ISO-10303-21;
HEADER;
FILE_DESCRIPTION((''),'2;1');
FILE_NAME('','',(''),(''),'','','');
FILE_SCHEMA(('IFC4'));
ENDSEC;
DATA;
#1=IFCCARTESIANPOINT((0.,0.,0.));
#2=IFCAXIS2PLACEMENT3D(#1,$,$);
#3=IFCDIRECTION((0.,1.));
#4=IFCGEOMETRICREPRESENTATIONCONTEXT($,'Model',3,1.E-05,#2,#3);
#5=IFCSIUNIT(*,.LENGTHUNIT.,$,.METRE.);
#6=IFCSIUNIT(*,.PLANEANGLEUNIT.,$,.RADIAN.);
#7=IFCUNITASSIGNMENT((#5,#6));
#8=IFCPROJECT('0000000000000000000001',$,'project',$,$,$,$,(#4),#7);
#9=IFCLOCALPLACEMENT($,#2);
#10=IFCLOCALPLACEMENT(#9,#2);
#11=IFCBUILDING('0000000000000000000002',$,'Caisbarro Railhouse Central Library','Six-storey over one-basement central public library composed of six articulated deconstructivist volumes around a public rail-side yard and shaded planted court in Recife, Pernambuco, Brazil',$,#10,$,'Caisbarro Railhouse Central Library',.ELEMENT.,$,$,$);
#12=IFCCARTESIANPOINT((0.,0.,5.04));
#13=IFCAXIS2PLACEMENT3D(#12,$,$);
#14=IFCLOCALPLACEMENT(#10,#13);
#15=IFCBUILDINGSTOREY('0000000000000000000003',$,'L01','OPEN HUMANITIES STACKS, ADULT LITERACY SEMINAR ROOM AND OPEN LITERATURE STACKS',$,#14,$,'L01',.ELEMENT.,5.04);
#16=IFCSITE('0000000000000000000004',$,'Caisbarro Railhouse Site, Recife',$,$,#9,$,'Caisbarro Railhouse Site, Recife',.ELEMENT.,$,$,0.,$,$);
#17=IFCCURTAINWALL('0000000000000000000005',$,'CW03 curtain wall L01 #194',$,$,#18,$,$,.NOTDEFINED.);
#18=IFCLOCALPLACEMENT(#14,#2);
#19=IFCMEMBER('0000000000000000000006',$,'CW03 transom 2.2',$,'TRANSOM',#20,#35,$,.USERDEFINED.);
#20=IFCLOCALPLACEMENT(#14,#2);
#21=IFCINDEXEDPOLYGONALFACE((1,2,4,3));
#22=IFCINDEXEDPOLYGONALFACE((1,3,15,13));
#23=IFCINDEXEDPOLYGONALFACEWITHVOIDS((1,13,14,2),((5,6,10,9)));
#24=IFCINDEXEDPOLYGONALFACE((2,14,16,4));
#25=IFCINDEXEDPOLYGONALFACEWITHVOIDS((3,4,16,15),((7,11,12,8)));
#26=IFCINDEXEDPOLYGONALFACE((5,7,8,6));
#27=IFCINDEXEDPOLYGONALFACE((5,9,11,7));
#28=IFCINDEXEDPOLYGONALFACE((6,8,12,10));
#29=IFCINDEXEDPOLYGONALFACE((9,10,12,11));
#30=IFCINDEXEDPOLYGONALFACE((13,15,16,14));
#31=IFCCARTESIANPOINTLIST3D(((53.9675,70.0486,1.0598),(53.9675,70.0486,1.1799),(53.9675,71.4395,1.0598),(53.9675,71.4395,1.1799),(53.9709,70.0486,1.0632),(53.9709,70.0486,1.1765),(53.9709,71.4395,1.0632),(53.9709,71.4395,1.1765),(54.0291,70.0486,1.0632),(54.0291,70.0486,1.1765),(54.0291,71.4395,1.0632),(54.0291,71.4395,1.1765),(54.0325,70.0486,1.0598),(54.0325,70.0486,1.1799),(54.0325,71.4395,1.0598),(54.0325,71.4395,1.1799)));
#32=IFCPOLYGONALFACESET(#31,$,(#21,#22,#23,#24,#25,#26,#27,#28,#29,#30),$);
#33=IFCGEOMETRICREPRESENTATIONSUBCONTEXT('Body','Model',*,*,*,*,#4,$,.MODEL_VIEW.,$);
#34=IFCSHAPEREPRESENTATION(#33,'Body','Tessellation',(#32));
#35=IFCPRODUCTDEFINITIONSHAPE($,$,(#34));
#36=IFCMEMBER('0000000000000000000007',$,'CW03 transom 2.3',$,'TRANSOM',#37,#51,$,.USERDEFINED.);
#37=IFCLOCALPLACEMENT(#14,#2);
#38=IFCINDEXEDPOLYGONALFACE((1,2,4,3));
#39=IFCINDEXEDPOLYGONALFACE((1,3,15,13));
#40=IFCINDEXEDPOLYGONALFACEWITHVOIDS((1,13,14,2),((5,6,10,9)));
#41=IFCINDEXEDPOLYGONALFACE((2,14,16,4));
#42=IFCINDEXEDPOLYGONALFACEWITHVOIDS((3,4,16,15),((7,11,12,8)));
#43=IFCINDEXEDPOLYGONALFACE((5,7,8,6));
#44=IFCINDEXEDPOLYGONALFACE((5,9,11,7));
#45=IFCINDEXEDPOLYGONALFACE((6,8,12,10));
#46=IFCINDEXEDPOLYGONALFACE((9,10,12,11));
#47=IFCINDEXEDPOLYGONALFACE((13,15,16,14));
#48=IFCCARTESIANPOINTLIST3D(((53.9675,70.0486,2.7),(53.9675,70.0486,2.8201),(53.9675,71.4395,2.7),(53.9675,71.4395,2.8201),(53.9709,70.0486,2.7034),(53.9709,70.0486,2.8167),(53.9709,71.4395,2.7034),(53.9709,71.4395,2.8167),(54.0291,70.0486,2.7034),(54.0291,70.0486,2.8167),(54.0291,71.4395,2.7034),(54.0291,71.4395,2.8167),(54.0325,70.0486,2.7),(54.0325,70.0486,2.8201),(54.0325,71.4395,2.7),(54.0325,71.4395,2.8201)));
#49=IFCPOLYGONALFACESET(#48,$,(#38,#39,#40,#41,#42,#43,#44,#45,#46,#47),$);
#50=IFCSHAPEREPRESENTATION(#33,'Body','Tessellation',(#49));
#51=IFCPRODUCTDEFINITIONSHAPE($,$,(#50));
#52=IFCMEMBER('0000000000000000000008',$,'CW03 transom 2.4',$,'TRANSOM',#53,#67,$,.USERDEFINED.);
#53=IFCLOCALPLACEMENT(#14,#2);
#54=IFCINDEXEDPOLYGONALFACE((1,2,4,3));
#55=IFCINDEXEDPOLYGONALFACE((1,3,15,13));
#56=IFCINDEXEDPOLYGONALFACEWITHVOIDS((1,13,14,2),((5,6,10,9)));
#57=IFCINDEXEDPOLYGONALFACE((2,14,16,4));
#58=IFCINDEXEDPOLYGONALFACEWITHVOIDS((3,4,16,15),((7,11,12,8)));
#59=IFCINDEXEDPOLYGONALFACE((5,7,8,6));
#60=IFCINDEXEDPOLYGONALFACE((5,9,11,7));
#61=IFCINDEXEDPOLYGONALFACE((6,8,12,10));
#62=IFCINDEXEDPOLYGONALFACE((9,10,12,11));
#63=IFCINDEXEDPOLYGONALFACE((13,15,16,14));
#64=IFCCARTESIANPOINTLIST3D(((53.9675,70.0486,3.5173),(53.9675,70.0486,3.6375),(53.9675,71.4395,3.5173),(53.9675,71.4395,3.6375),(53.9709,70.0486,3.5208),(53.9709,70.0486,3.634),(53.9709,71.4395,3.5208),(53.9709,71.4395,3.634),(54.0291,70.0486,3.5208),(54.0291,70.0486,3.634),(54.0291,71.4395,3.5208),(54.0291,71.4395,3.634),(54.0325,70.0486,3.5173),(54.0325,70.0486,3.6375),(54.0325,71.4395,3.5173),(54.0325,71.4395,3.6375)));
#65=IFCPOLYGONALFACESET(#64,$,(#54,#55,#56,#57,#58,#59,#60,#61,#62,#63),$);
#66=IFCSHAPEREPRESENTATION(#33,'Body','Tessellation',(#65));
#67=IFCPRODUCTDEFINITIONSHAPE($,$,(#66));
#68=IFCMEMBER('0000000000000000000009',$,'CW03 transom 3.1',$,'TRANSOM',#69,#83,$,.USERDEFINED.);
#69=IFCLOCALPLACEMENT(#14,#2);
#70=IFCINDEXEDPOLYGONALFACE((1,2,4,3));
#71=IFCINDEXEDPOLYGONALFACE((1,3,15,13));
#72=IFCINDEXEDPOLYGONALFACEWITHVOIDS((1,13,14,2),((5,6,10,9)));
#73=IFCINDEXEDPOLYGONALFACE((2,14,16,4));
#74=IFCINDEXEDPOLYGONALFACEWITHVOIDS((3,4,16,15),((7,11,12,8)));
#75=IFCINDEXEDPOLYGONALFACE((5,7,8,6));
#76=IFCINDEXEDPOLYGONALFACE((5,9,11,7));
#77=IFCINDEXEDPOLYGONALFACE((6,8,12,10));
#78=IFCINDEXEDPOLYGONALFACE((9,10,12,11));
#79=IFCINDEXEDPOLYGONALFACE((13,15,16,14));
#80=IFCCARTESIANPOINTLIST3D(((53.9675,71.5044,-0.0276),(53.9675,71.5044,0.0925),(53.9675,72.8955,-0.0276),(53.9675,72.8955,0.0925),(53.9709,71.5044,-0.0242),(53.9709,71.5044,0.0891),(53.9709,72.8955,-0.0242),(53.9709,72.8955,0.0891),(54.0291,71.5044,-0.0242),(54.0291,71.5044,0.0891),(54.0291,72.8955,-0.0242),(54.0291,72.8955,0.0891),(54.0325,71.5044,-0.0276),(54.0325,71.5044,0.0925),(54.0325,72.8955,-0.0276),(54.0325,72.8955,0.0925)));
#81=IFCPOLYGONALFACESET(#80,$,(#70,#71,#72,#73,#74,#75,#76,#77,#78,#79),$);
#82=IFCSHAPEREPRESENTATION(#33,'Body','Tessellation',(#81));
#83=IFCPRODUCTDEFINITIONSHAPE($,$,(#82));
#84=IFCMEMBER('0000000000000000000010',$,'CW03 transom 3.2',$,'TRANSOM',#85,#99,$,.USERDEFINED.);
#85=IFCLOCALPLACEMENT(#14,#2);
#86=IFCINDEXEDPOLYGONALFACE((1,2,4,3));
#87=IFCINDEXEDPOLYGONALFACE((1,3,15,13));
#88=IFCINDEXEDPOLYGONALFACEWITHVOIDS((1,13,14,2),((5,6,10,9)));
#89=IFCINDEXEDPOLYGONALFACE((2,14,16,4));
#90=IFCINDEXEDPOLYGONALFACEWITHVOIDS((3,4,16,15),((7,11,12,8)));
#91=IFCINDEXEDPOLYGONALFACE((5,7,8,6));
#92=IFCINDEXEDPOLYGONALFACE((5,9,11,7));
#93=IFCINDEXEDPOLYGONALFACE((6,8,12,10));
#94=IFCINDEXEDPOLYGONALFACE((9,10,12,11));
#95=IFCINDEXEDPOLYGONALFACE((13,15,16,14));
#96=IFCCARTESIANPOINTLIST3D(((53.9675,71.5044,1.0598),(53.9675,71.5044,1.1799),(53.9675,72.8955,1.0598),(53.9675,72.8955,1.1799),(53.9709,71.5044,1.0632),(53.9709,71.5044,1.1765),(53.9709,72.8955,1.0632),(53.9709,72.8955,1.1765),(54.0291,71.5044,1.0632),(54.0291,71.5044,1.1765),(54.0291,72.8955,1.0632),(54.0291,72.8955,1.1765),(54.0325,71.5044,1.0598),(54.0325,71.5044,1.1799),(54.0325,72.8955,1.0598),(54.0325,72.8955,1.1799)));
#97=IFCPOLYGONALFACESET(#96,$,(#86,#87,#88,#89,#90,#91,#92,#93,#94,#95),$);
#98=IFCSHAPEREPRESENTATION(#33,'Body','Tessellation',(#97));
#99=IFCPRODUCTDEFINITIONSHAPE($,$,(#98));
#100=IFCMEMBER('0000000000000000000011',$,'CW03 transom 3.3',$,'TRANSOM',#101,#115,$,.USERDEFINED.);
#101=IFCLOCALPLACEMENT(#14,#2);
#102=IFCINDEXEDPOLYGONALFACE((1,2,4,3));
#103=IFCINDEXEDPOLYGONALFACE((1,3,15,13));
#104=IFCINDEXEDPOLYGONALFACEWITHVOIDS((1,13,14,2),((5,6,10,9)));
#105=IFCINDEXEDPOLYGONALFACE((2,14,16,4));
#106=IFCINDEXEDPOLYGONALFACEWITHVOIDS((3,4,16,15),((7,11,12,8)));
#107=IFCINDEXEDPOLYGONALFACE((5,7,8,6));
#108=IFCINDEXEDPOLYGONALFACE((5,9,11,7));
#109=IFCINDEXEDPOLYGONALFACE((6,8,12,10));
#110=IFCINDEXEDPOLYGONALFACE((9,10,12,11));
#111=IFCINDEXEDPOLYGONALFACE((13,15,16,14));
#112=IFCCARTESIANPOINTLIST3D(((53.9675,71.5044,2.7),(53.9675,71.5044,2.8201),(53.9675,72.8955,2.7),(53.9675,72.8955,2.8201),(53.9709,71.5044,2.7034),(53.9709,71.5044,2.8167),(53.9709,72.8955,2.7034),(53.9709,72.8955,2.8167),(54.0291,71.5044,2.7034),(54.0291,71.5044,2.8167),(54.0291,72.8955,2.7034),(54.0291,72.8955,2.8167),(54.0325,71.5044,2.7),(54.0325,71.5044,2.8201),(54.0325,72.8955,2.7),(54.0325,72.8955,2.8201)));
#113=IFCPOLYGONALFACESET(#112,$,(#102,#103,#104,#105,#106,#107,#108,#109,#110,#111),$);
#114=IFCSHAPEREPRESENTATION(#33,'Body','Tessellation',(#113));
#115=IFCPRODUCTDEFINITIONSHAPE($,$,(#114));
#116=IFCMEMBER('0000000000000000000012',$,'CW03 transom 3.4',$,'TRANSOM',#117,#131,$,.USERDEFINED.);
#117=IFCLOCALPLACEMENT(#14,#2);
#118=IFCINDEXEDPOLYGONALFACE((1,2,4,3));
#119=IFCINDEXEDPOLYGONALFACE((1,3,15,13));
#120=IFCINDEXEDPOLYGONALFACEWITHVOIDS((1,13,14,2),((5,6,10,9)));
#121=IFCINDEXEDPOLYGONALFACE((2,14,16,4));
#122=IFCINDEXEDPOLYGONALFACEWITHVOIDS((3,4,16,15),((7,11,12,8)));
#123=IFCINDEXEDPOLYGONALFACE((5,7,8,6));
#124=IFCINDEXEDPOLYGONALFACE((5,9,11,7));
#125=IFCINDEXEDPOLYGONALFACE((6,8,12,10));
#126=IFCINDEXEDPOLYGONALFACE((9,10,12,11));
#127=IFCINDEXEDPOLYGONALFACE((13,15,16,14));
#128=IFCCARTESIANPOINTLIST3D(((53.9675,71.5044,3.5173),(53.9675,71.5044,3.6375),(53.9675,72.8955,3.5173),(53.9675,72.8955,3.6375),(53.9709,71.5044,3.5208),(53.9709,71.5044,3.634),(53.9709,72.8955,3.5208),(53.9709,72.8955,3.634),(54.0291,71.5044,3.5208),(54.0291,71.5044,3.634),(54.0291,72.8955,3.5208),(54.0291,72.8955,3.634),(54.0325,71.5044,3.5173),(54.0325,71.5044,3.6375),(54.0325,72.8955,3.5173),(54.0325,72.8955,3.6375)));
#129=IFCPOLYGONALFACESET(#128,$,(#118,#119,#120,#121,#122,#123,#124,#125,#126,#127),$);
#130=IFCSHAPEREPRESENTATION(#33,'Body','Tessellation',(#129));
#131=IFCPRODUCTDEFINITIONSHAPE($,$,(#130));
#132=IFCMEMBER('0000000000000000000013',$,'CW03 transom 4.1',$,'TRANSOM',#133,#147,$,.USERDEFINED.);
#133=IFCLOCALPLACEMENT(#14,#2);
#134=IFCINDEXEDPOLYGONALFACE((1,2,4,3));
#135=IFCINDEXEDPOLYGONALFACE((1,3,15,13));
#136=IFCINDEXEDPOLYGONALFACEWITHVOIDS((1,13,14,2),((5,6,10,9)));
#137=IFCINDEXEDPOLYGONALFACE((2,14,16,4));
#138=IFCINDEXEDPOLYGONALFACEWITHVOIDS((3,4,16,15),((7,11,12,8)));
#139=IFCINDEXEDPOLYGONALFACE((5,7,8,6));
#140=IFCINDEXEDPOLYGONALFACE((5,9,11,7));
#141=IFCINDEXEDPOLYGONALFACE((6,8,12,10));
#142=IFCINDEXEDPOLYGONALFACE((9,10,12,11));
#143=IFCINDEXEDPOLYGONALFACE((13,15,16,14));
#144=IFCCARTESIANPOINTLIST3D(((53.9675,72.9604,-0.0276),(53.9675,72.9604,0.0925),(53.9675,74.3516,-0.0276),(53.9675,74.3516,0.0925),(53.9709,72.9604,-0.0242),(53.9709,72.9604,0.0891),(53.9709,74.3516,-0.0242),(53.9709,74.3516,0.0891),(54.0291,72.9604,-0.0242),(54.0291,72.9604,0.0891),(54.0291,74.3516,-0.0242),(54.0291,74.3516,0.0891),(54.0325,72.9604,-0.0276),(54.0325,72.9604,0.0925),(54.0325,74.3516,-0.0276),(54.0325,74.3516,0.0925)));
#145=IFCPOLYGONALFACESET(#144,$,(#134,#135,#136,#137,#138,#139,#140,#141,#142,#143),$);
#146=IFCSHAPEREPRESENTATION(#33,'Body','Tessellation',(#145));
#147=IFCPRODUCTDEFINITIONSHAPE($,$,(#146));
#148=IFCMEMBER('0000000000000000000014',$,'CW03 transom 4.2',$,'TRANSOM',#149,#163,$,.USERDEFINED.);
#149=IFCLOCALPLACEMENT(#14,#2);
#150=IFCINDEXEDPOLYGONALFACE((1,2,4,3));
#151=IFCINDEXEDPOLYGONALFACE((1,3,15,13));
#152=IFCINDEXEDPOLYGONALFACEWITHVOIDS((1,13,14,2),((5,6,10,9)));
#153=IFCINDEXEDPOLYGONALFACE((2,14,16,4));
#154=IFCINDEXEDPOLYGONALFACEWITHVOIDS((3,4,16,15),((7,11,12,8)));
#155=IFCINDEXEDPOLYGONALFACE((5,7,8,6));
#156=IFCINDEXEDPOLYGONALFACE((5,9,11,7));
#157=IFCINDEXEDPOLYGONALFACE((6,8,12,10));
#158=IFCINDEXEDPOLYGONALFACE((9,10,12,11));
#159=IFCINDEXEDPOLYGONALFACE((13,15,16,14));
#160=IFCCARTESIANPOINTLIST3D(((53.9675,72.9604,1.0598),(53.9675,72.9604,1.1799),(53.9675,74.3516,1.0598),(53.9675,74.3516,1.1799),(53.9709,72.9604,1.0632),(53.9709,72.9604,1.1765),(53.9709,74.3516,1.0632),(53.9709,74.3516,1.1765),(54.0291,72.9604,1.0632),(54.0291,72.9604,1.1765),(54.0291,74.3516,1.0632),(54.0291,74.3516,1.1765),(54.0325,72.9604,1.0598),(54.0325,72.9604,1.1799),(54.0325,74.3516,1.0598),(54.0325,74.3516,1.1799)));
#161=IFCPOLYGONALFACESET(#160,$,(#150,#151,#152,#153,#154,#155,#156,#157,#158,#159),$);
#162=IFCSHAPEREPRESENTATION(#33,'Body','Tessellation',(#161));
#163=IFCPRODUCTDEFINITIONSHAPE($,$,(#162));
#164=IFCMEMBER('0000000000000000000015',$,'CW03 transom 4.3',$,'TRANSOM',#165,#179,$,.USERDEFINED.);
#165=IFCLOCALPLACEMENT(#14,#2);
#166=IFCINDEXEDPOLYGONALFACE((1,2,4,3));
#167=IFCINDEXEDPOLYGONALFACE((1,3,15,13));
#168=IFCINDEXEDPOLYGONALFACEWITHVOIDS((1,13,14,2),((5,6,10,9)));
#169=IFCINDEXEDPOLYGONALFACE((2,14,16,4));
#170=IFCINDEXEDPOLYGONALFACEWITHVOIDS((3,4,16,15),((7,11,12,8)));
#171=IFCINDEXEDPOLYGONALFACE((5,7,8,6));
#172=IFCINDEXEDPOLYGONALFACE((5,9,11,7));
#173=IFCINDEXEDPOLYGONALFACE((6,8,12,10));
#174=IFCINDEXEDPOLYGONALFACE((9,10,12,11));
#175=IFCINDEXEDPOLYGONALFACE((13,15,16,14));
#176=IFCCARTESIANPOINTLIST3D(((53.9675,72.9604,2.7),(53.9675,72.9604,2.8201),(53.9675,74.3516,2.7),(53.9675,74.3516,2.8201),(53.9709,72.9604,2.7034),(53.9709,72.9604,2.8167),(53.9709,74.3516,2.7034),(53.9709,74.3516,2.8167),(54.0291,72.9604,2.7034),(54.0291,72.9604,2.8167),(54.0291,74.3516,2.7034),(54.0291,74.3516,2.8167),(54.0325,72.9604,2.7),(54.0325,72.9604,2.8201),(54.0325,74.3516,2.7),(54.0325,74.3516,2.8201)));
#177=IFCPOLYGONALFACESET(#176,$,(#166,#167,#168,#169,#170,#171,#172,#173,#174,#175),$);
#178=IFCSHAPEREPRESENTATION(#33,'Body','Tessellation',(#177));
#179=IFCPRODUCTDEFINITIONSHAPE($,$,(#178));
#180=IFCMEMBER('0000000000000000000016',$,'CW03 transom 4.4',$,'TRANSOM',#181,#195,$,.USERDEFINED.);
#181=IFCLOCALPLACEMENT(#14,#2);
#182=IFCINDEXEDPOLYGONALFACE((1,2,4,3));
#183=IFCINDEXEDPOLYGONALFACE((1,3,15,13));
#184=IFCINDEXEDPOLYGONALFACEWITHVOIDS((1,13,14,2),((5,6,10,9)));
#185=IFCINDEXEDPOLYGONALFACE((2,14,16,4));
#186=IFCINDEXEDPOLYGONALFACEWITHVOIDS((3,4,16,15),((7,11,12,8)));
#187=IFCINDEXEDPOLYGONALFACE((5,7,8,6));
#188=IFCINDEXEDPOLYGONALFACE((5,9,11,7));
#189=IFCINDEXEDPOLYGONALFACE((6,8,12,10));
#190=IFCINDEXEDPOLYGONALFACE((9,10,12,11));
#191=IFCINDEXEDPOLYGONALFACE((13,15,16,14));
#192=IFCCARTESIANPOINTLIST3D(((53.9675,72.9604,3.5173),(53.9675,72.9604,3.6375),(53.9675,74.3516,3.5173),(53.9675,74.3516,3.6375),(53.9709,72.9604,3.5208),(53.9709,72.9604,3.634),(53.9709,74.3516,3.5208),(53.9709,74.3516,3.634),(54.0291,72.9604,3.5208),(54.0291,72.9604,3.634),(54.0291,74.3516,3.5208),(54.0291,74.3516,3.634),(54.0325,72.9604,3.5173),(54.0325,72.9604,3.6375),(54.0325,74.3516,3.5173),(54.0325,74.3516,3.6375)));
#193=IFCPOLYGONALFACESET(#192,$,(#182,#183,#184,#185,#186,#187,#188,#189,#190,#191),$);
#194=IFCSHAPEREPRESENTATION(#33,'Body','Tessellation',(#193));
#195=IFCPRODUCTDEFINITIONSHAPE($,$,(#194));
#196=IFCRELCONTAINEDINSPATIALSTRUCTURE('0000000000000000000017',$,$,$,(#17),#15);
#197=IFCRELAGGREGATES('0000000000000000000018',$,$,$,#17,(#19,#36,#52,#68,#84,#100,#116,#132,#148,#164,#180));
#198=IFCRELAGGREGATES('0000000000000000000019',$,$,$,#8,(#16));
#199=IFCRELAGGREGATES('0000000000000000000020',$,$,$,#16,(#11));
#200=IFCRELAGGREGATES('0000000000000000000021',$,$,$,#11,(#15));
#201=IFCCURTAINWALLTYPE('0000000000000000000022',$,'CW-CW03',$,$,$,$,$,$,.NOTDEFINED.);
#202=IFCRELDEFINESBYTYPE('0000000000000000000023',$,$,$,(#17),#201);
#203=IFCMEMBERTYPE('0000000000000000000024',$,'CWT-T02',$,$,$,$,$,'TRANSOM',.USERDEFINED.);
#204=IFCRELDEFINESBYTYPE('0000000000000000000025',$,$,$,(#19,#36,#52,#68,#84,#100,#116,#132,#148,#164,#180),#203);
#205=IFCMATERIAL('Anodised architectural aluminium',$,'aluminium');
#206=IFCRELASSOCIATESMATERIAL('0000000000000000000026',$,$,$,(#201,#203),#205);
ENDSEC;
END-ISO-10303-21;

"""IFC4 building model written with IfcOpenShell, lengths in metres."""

from ifc_helpers import new_model, si_unit, direction, frame, origin, origin_2d, place, context, subcontext, project, spatial, hollow_rectangle, extrude, material, material_profile, profile_set, type_object, element, aggregate, save


model = new_model("IFC4")

# Units and contexts
model_context = context("Model", 3, precision=1e-05, world=origin(), true_north=direction((0.0, 1.0)))
body_context = subcontext(model_context, "Body", "Model", "MODEL_VIEW")
ifc_project = project(units=[si_unit("LENGTHUNIT", "METRE"), si_unit("PLANEANGLEUNIT", "RADIAN")], contexts=[model_context])

# Site, building, storey
site_placement = place(None, origin())
site = spatial("IfcSite", under=ifc_project, at=site_placement, Name="Caisbarro Railhouse Site, Recife", LongName="Caisbarro Railhouse Site, Recife", CompositionType="ELEMENT", RefElevation=0.0)
building_placement = place(site_placement, origin())
building = spatial("IfcBuilding", under=site, at=building_placement, Name="Caisbarro Railhouse Central Library", Description="Six-storey over one-basement central public library composed of six articulated deconstructivist volumes around a public rail-side yard and shaded planted court in Recife, Pernambuco, Brazil", LongName="Caisbarro Railhouse Central Library", CompositionType="ELEMENT")
storey_placement = place(building_placement, frame((0.0, 0.0, 5.04)))
storey = spatial("IfcBuildingStorey", under=building, at=storey_placement, Name="L01", Description="OPEN HUMANITIES STACKS, ADULT LITERACY SEMINAR ROOM AND OPEN LITERATURE STACKS", LongName="L01", CompositionType="ELEMENT", Elevation=5.04)

# Curtain wall, members
ifc_material_1 = material(Name="Anodised architectural aluminium", Category="aluminium")
curtain_wall_type = type_object("IfcCurtainWallType", Name="CW-CW03", PredefinedType="NOTDEFINED", material=ifc_material_1)
curtain_wall_placement = place(storey_placement, origin())
curtain_wall = element("IfcCurtainWall", 1, at=curtain_wall_placement, inside=storey, type_object=curtain_wall_type, Name="CW03 curtain wall L01 #194", PredefinedType="NOTDEFINED")
ifc_material_profile_1 = material_profile(ifc_material_1, hollow_rectangle(XDim=0.0649, YDim=0.1201, WallThickness=0.0034, at=origin_2d()), Name="ALU-TRN-65X120")
ifc_profile_set_1 = profile_set([ifc_material_profile_1], Name="Anodised architectural aluminium")
member_type_1 = type_object("IfcMemberType", Name="CWT-T02", ElementType="TRANSOM", PredefinedType="USERDEFINED", material=ifc_profile_set_1)
member_1_placement = place(storey_placement, frame((54.0, 70.0486, 1.1199), z_axis=(0.0, 1.0, 0.0), x_axis=(-1.0, 0.0, 0.0)))
member_1 = element("IfcMember", 2, at=member_1_placement, type_object=member_type_1, Name="CW03 transom 2.2", ObjectType="TRANSOM", PredefinedType="USERDEFINED", context=body_context, shape_type="SweptSolid", body=[
    extrude(hollow_rectangle(XDim=0.0649, YDim=0.1201, WallThickness=0.0034, at=origin_2d()), origin(), (0.0, 0.0, 1.0), 1.3909),
])
member_2_placement = place(storey_placement, frame((54.0, 70.0486, 2.76), z_axis=(0.0, 1.0, 0.0), x_axis=(-1.0, 0.0, 0.0)))
member_2 = element("IfcMember", 3, at=member_2_placement, type_object=member_type_1, Name="CW03 transom 2.3", ObjectType="TRANSOM", PredefinedType="USERDEFINED", context=body_context, shape_type="SweptSolid", body=[
    extrude(hollow_rectangle(XDim=0.0649, YDim=0.1201, WallThickness=0.0034, at=origin_2d()), origin(), (0.0, 0.0, 1.0), 1.3909),
])
member_3_placement = place(storey_placement, frame((54.0, 70.0486, 3.5774), z_axis=(0.0, 1.0, 0.0), x_axis=(-1.0, 0.0, 0.0)))
member_3 = element("IfcMember", 4, at=member_3_placement, type_object=member_type_1, Name="CW03 transom 2.4", ObjectType="TRANSOM", PredefinedType="USERDEFINED", context=body_context, shape_type="SweptSolid", body=[
    extrude(hollow_rectangle(XDim=0.0649, YDim=0.1201, WallThickness=0.0034, at=origin_2d()), origin(), (0.0, 0.0, 1.0), 1.3909),
])
member_4_placement = place(storey_placement, frame((54.0, 71.5044, 0.0325), z_axis=(0.0, 1.0, 0.0), x_axis=(-1.0, 0.0, 0.0)))
member_4 = element("IfcMember", 5, at=member_4_placement, type_object=member_type_1, Name="CW03 transom 3.1", ObjectType="TRANSOM", PredefinedType="USERDEFINED", context=body_context, shape_type="SweptSolid", body=[
    extrude(hollow_rectangle(XDim=0.0649, YDim=0.1201, WallThickness=0.0034, at=origin_2d()), origin(), (0.0, 0.0, 1.0), 1.3911),
])
member_5_placement = place(storey_placement, frame((54.0, 71.5044, 1.1199), z_axis=(0.0, 1.0, 0.0), x_axis=(-1.0, 0.0, 0.0)))
member_5 = element("IfcMember", 6, at=member_5_placement, type_object=member_type_1, Name="CW03 transom 3.2", ObjectType="TRANSOM", PredefinedType="USERDEFINED", context=body_context, shape_type="SweptSolid", body=[
    extrude(hollow_rectangle(XDim=0.0649, YDim=0.1201, WallThickness=0.0034, at=origin_2d()), origin(), (0.0, 0.0, 1.0), 1.3911),
])
member_6_placement = place(storey_placement, frame((54.0, 71.5044, 2.76), z_axis=(0.0, 1.0, 0.0), x_axis=(-1.0, 0.0, 0.0)))
member_6 = element("IfcMember", 7, at=member_6_placement, type_object=member_type_1, Name="CW03 transom 3.3", ObjectType="TRANSOM", PredefinedType="USERDEFINED", context=body_context, shape_type="SweptSolid", body=[
    extrude(hollow_rectangle(XDim=0.0649, YDim=0.1201, WallThickness=0.0034, at=origin_2d()), origin(), (0.0, 0.0, 1.0), 1.3911),
])
member_7_placement = place(storey_placement, frame((54.0, 71.5044, 3.5774), z_axis=(0.0, 1.0, 0.0), x_axis=(-1.0, 0.0, 0.0)))
member_7 = element("IfcMember", 8, at=member_7_placement, type_object=member_type_1, Name="CW03 transom 3.4", ObjectType="TRANSOM", PredefinedType="USERDEFINED", context=body_context, shape_type="SweptSolid", body=[
    extrude(hollow_rectangle(XDim=0.0649, YDim=0.1201, WallThickness=0.0034, at=origin_2d()), origin(), (0.0, 0.0, 1.0), 1.3911),
])
member_8_placement = place(storey_placement, frame((54.0, 72.9604, 0.0325), z_axis=(0.0, 1.0, 0.0), x_axis=(-1.0, 0.0, 0.0)))
member_8 = element("IfcMember", 9, at=member_8_placement, type_object=member_type_1, Name="CW03 transom 4.1", ObjectType="TRANSOM", PredefinedType="USERDEFINED", context=body_context, shape_type="SweptSolid", body=[
    extrude(hollow_rectangle(XDim=0.0649, YDim=0.1201, WallThickness=0.0034, at=origin_2d()), origin(), (0.0, 0.0, 1.0), 1.3911),
])
member_9_placement = place(storey_placement, frame((54.0, 72.9604, 1.1199), z_axis=(0.0, 1.0, 0.0), x_axis=(-1.0, 0.0, 0.0)))
member_9 = element("IfcMember", 10, at=member_9_placement, type_object=member_type_1, Name="CW03 transom 4.2", ObjectType="TRANSOM", PredefinedType="USERDEFINED", context=body_context, shape_type="SweptSolid", body=[
    extrude(hollow_rectangle(XDim=0.0649, YDim=0.1201, WallThickness=0.0034, at=origin_2d()), origin(), (0.0, 0.0, 1.0), 1.3911),
])
member_10_placement = place(storey_placement, frame((54.0, 72.9604, 2.76), z_axis=(0.0, 1.0, 0.0), x_axis=(-1.0, 0.0, 0.0)))
member_10 = element("IfcMember", 11, at=member_10_placement, type_object=member_type_1, Name="CW03 transom 4.3", ObjectType="TRANSOM", PredefinedType="USERDEFINED", context=body_context, shape_type="SweptSolid", body=[
    extrude(hollow_rectangle(XDim=0.0649, YDim=0.1201, WallThickness=0.0034, at=origin_2d()), origin(), (0.0, 0.0, 1.0), 1.3911),
])
member_11_placement = place(storey_placement, frame((54.0, 72.9604, 3.5774), z_axis=(0.0, 1.0, 0.0), x_axis=(-1.0, 0.0, 0.0)))
member_11 = element("IfcMember", 12, at=member_11_placement, type_object=member_type_1, Name="CW03 transom 4.4", ObjectType="TRANSOM", PredefinedType="USERDEFINED", context=body_context, shape_type="SweptSolid", body=[
    extrude(hollow_rectangle(XDim=0.0649, YDim=0.1201, WallThickness=0.0034, at=origin_2d()), origin(), (0.0, 0.0, 1.0), 1.3911),
])
aggregate(curtain_wall, [member_1, member_2, member_3, member_4, member_5, member_6, member_7, member_8, member_9, member_10, member_11])

save(model, "model.ifc")
